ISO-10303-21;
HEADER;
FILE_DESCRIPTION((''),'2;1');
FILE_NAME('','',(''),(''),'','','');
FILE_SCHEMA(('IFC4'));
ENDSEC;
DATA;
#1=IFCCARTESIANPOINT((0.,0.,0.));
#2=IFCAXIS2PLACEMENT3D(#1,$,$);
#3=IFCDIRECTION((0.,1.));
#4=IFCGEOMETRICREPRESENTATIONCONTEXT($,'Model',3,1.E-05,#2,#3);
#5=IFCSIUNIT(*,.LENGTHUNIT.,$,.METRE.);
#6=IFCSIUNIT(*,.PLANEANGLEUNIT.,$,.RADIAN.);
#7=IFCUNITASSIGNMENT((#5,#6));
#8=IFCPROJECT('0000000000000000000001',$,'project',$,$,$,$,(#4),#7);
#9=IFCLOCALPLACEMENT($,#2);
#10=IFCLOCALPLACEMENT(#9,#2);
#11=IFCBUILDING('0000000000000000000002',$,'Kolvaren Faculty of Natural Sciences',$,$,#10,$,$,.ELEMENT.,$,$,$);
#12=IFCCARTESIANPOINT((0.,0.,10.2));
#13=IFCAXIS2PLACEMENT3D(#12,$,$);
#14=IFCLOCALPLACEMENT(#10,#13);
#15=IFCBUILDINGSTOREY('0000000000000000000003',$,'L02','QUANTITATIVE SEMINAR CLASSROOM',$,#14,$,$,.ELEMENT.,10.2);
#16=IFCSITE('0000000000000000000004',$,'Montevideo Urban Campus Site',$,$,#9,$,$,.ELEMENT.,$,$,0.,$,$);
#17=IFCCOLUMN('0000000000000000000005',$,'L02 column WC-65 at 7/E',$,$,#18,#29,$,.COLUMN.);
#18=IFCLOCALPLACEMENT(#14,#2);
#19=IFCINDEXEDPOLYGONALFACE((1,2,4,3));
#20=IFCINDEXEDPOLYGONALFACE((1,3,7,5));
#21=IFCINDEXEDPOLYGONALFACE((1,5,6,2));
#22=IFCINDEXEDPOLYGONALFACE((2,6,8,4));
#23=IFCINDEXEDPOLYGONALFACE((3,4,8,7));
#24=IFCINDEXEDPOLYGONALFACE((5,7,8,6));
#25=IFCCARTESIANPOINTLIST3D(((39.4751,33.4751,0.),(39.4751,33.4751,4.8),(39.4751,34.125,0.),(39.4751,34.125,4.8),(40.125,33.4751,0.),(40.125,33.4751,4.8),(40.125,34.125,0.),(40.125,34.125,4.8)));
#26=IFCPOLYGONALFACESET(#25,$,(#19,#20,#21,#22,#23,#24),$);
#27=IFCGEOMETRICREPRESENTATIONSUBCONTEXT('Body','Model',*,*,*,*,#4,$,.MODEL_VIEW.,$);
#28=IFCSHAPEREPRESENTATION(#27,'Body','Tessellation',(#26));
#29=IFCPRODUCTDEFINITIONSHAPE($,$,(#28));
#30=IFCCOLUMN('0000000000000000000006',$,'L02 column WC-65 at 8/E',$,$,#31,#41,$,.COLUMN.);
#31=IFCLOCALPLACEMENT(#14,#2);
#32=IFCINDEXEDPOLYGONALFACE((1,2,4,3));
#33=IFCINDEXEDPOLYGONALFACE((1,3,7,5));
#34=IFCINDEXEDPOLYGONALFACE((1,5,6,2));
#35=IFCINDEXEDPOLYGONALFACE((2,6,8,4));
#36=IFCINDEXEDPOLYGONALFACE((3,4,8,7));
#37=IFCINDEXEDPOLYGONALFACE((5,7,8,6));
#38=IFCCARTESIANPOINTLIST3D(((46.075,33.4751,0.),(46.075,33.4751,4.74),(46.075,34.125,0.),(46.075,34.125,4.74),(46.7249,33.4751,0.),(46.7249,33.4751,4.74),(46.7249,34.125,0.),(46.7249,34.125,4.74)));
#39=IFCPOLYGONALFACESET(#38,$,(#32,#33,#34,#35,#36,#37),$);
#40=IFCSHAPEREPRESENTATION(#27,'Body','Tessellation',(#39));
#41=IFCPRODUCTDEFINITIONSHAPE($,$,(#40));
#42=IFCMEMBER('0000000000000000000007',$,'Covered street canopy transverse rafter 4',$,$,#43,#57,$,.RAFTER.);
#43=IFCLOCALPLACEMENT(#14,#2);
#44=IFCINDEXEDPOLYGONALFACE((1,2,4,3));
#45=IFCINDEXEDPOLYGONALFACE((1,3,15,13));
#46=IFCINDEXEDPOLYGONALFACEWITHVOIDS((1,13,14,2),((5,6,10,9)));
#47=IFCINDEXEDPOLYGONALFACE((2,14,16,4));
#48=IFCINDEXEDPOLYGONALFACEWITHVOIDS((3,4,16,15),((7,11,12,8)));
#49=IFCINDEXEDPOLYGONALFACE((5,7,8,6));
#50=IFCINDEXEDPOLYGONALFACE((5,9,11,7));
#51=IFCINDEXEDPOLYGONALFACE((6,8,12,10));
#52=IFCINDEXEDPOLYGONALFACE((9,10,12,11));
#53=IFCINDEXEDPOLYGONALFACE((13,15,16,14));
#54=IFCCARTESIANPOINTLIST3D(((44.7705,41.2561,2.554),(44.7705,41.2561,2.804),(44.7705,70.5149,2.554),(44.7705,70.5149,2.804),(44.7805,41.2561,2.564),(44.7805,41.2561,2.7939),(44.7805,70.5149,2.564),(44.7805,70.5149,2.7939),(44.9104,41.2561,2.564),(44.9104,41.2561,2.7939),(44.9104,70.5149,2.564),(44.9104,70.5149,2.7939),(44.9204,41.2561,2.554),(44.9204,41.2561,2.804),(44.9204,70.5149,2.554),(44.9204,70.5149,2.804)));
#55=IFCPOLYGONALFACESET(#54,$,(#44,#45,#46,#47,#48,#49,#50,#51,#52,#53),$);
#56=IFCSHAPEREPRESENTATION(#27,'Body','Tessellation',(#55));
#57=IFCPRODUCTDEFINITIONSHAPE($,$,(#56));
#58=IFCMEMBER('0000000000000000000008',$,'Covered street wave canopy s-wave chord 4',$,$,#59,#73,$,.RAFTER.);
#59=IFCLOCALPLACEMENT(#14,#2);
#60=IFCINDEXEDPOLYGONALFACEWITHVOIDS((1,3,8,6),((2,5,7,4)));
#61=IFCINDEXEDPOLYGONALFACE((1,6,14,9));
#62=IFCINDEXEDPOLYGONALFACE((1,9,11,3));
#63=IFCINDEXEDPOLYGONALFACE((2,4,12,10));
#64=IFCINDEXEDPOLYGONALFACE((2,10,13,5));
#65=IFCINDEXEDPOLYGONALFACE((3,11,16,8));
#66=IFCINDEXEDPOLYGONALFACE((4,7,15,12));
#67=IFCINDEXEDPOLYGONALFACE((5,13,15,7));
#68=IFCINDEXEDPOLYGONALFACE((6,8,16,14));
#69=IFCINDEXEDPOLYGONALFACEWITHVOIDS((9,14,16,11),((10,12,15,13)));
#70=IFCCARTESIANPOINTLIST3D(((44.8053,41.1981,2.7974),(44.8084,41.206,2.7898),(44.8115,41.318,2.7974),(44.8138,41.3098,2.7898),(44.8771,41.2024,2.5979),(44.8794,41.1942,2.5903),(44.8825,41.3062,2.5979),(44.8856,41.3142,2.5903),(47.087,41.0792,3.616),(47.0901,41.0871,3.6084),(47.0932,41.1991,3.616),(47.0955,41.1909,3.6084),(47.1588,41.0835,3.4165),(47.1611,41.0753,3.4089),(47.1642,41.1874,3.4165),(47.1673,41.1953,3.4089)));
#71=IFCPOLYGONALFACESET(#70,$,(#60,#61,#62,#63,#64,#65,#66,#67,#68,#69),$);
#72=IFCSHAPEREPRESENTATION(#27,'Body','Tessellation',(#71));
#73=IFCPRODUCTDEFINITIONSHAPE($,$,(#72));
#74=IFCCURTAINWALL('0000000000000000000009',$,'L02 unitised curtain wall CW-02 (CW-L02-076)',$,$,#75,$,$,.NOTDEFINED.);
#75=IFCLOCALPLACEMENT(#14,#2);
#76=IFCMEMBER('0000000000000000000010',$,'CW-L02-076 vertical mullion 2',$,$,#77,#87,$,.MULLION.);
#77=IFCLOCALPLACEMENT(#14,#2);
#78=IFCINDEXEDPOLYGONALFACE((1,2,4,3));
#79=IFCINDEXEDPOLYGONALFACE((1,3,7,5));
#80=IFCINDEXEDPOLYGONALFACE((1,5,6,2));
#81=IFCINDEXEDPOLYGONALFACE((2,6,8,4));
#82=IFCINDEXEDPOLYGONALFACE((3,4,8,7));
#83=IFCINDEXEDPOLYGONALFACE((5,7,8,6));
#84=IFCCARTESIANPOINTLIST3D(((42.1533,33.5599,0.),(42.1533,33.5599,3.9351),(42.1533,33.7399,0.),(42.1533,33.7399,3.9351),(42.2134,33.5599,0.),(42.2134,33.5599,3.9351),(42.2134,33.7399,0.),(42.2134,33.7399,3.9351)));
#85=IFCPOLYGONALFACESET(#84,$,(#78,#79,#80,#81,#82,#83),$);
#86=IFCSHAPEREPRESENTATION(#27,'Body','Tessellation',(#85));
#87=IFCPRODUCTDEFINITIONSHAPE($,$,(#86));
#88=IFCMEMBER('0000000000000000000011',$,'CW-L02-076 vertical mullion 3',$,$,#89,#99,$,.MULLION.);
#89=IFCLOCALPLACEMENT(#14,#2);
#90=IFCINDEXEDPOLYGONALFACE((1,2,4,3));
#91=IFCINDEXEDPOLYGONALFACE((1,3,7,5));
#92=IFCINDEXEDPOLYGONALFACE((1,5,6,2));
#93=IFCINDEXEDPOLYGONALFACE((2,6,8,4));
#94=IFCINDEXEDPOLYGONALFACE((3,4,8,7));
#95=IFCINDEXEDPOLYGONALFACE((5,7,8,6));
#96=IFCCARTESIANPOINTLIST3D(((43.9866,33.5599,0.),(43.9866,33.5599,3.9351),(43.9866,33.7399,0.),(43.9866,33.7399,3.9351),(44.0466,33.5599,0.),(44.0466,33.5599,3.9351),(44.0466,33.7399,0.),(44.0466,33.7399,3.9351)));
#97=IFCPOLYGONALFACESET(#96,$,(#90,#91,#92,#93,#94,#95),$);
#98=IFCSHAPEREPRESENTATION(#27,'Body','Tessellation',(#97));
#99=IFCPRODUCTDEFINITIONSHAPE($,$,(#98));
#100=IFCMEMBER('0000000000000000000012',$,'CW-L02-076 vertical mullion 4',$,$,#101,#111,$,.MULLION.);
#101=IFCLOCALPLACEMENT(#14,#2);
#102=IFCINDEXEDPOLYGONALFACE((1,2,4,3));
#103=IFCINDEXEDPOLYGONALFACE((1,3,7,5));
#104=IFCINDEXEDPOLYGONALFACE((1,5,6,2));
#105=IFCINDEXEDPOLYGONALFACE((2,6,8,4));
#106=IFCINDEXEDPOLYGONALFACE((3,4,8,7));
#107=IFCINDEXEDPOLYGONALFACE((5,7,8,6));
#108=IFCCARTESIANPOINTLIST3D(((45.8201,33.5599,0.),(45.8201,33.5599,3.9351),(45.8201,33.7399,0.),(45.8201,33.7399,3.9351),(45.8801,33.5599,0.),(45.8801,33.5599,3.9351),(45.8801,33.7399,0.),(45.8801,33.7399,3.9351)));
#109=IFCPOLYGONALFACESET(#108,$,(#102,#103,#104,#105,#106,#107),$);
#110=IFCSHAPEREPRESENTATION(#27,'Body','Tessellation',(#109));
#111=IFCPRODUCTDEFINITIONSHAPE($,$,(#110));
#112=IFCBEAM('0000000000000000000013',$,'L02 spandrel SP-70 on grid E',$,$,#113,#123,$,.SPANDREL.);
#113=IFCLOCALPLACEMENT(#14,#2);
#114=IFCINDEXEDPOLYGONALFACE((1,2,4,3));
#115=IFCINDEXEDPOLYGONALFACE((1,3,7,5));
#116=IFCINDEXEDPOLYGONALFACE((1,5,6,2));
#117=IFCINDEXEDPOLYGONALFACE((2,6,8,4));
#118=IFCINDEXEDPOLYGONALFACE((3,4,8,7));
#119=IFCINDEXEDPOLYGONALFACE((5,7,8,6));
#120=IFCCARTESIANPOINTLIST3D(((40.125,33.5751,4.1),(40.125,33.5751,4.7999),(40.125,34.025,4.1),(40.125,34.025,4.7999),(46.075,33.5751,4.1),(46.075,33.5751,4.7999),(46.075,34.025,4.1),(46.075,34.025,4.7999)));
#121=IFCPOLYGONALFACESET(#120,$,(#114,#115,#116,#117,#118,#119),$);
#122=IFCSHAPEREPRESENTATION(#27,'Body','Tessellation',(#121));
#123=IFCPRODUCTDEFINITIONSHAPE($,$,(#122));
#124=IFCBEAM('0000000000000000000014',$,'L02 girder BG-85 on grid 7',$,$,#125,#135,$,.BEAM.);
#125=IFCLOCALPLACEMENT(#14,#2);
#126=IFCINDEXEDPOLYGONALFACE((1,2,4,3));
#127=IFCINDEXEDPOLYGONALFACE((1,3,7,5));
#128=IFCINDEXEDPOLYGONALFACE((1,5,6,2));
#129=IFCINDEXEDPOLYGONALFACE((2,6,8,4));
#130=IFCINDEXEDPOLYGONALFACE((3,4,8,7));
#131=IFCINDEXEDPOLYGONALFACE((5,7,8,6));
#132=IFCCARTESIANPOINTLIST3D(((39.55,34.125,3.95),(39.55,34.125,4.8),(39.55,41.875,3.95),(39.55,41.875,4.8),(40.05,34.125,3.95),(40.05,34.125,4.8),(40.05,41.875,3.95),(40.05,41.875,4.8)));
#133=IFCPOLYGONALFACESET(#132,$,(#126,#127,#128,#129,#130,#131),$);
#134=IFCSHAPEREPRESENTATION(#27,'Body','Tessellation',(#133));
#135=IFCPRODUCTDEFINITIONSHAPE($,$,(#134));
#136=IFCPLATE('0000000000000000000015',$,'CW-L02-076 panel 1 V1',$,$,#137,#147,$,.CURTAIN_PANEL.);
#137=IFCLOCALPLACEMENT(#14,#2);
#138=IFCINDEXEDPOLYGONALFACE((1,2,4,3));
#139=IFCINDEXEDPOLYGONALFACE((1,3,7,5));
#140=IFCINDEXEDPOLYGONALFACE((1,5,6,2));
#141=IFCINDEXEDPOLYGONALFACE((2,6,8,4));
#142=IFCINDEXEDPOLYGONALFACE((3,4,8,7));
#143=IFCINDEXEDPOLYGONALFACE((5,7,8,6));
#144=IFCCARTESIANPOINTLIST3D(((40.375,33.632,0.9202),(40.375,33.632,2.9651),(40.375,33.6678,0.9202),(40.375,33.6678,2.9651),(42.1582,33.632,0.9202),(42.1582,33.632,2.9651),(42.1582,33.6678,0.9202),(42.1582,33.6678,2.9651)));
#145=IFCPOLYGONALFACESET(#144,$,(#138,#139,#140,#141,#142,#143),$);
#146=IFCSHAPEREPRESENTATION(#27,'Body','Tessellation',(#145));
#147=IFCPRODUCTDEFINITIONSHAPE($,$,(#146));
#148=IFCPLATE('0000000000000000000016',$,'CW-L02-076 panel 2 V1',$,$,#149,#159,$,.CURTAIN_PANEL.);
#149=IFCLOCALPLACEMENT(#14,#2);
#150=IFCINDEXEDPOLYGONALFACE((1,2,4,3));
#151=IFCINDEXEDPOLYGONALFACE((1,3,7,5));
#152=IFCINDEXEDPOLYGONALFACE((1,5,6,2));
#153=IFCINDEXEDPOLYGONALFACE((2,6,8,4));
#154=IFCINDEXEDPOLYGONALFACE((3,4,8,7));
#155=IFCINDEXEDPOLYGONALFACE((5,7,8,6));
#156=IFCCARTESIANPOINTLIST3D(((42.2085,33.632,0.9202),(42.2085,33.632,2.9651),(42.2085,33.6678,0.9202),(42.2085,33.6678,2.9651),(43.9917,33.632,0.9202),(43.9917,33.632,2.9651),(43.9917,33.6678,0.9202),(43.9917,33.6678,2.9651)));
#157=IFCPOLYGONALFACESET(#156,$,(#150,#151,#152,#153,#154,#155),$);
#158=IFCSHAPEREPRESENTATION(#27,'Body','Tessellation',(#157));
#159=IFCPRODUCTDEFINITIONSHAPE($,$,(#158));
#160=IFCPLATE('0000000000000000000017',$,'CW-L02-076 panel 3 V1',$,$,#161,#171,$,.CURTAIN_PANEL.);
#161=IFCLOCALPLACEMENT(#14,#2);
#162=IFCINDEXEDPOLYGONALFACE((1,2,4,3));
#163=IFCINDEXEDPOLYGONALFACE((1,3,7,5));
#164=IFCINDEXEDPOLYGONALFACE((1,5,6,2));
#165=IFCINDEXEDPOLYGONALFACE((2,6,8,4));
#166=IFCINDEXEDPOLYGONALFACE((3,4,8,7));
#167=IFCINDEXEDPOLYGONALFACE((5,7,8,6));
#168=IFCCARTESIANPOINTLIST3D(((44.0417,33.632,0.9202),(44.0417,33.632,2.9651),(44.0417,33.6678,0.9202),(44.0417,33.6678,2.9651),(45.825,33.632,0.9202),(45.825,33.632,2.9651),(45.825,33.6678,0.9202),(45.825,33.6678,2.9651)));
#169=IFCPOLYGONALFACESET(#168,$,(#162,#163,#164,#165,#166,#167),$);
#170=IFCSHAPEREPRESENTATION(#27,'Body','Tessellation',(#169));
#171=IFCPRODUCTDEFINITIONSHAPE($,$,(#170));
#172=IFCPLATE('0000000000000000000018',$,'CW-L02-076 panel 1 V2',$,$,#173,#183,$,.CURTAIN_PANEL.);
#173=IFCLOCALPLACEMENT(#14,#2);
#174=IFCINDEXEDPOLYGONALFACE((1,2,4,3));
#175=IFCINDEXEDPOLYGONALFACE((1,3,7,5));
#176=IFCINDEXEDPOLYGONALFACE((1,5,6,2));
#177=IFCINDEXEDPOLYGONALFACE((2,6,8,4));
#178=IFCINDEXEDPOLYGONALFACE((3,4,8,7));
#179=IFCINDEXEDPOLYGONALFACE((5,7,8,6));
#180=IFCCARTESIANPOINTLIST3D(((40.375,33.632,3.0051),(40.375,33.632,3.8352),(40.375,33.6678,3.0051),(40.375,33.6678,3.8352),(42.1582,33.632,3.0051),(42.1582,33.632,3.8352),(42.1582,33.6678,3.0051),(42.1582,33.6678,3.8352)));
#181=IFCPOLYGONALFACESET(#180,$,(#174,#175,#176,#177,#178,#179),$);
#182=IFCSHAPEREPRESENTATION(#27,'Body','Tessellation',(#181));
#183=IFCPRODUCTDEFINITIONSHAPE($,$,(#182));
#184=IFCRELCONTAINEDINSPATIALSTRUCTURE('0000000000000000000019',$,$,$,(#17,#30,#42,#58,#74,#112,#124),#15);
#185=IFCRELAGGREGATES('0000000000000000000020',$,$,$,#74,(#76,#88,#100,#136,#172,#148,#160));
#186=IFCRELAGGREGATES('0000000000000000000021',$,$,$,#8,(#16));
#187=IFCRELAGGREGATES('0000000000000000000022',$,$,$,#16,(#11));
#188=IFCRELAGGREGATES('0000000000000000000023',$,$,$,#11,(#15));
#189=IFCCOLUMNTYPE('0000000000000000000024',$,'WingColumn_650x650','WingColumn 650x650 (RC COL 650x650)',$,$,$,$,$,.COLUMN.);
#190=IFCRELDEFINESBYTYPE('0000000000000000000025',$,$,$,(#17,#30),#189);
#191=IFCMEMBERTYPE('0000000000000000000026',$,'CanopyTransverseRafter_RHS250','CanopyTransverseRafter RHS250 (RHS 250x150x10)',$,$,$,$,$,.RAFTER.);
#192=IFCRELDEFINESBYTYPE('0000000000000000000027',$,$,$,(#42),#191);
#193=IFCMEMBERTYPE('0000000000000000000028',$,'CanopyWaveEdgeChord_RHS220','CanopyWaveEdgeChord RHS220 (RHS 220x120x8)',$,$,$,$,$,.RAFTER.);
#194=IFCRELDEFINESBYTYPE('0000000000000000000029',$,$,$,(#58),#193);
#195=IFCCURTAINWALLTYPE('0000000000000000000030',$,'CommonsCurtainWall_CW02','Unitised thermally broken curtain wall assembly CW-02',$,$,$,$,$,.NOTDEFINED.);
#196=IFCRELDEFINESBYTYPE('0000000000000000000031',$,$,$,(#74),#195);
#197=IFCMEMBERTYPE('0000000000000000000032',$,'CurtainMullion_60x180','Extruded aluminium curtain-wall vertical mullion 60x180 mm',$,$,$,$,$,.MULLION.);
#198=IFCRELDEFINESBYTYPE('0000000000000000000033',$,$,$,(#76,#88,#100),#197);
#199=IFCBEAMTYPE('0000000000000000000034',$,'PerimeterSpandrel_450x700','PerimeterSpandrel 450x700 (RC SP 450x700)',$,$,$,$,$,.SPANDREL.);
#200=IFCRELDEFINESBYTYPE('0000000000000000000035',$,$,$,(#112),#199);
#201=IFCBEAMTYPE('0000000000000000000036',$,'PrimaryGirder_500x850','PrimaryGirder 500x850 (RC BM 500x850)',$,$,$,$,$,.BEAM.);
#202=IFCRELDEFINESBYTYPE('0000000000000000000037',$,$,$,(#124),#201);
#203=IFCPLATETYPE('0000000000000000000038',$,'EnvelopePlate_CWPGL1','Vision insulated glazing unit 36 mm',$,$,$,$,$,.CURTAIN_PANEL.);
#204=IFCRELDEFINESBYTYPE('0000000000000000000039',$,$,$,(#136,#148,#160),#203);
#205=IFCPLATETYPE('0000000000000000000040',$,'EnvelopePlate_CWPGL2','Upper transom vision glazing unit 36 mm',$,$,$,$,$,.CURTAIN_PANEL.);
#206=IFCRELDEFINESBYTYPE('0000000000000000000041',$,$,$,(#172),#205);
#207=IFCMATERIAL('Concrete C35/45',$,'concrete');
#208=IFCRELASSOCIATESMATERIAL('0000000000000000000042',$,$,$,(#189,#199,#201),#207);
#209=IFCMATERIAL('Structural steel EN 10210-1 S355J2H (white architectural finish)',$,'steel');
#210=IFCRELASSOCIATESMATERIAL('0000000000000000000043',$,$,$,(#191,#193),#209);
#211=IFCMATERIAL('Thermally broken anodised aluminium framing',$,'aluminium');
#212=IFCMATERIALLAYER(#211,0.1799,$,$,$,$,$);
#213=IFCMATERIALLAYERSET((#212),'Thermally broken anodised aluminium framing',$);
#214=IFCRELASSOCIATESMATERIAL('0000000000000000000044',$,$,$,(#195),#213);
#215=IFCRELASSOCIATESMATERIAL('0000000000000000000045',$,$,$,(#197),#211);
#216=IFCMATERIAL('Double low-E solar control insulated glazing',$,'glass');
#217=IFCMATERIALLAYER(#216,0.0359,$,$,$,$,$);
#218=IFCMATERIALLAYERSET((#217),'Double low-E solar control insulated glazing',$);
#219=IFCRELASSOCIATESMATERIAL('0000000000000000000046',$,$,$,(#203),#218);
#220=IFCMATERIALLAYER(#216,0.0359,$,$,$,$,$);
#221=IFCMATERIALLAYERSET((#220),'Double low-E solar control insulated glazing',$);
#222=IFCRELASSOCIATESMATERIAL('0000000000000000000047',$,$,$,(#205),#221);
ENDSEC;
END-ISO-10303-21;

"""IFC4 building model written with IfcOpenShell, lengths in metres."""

from ifc_helpers import new_model, si_unit, direction, frame, origin, origin_2d, place, context, subcontext, project, spatial, rectangle, hollow_rectangle, extrude, material, layer, layer_set, material_profile, profile_set, type_object, element, aggregate, save


model = new_model("IFC4")

# Units and contexts
model_context = context("Model", 3, precision=1e-05, world=origin(), true_north=direction((0.0, 1.0)))
body_context = subcontext(model_context, "Body", "Model", "MODEL_VIEW")
ifc_project = project(units=[si_unit("LENGTHUNIT", "METRE"), si_unit("PLANEANGLEUNIT", "RADIAN")], contexts=[model_context])

# Site, building, storey
site_placement = place(None, origin())
site = spatial("IfcSite", under=ifc_project, at=site_placement, Name="Montevideo Urban Campus Site", CompositionType="ELEMENT", RefElevation=0.0)
building_placement = place(site_placement, origin())
building = spatial("IfcBuilding", under=site, at=building_placement, Name="Kolvaren Faculty of Natural Sciences", CompositionType="ELEMENT")
storey_placement = place(building_placement, frame((0.0, 0.0, 10.2)))
storey = spatial("IfcBuildingStorey", under=building, at=storey_placement, Name="L02", Description="QUANTITATIVE SEMINAR CLASSROOM", CompositionType="ELEMENT", Elevation=10.2)

# Columns
ifc_material_1 = material(Name="Concrete C35/45", Category="concrete")
ifc_material_profile_1 = material_profile(ifc_material_1, rectangle(XDim=0.6499, YDim=0.6499, at=origin_2d()), Name="RC COL 650x650")
ifc_profile_set_1 = profile_set([ifc_material_profile_1], Name="Concrete C35/45")
column_type = type_object("IfcColumnType", Name="WingColumn_650x650", Description="WingColumn 650x650 (RC COL 650x650)", PredefinedType="COLUMN", material=ifc_profile_set_1)
column_1_placement = place(storey_placement, frame((39.8, 33.8, 0.0), z_axis=(0.0, 0.0, 1.0), x_axis=(1.0, 0.0, 0.0)))
element("IfcColumn", 1, at=column_1_placement, inside=storey, type_object=column_type, Name="L02 column WC-65 at 7/E", PredefinedType="COLUMN", context=body_context, shape_type="SweptSolid", body=[
    extrude(rectangle(XDim=0.6499, YDim=0.6499, at=origin_2d()), origin(), (0.0, 0.0, 1.0), 4.8),
])
column_2_placement = place(storey_placement, frame((46.3999, 33.8, 0.0), z_axis=(0.0, 0.0, 1.0), x_axis=(1.0, 0.0, 0.0)))
element("IfcColumn", 2, at=column_2_placement, inside=storey, type_object=column_type, Name="L02 column WC-65 at 8/E", PredefinedType="COLUMN", context=body_context, shape_type="SweptSolid", body=[
    extrude(rectangle(XDim=0.6499, YDim=0.6499, at=origin_2d()), origin(), (0.0, 0.0, 1.0), 4.74),
])

# Members
ifc_material_2 = material(Name="Structural steel EN 10210-1 S355J2H (white architectural finish)", Category="steel")
ifc_material_profile_2 = material_profile(ifc_material_2, hollow_rectangle(XDim=0.1499, YDim=0.25, WallThickness=0.01, at=origin_2d()), Name="RHS 250x150x10")
ifc_profile_set_2 = profile_set([ifc_material_profile_2], Name="Structural steel EN 10210-1 S355J2H (white architectural finish)")
member_type_1 = type_object("IfcMemberType", Name="CanopyTransverseRafter_RHS250", Description="CanopyTransverseRafter RHS250 (RHS 250x150x10)", PredefinedType="RAFTER", material=ifc_profile_set_2)
member_1_placement = place(storey_placement, frame((44.8455, 41.2561, 2.679), z_axis=(0.0, 1.0, 0.0), x_axis=(-1.0, 0.0, 0.0)))
element("IfcMember", 3, at=member_1_placement, inside=storey, type_object=member_type_1, Name="Covered street canopy transverse rafter 4", PredefinedType="RAFTER", context=body_context, shape_type="SweptSolid", body=[
    extrude(hollow_rectangle(XDim=0.1499, YDim=0.25, WallThickness=0.01, at=origin_2d()), origin(), (0.0, 0.0, 1.0), 29.2588),
])
ifc_material_profile_3 = material_profile(ifc_material_2, hollow_rectangle(XDim=0.1201, YDim=0.22, WallThickness=0.0081, at=origin_2d()), Name="RHS 220x120x8")
ifc_profile_set_3 = profile_set([ifc_material_profile_3], Name="Structural steel EN 10210-1 S355J2H (white architectural finish)")
member_type_2 = type_object("IfcMemberType", Name="CanopyWaveEdgeChord_RHS220", Description="CanopyWaveEdgeChord RHS220 (RHS 220x120x8)", PredefinedType="RAFTER", material=ifc_profile_set_3)
member_2_placement = place(storey_placement, frame((44.8455, 41.2561, 2.6938), z_axis=(0.940128, -0.048988, 0.337283), x_axis=(0.052037, 0.998645, 0.0)))
element("IfcMember", 4, at=member_2_placement, inside=storey, type_object=member_type_2, Name="Covered street wave canopy s-wave chord 4", PredefinedType="RAFTER", context=body_context, shape_type="SweptSolid", body=[
    extrude(hollow_rectangle(XDim=0.1201, YDim=0.22, WallThickness=0.0081, at=origin_2d()), origin(), (0.0, 0.0, 1.0), 2.427),
])

# Curtain wall, members
ifc_material_3 = material(Name="Thermally broken anodised aluminium framing", Category="aluminium")
ifc_layer_1 = layer(ifc_material_3, 0.1799)
ifc_layer_set_1 = layer_set([ifc_layer_1], Name="Thermally broken anodised aluminium framing")
curtain_wall_type = type_object("IfcCurtainWallType", Name="CommonsCurtainWall_CW02", Description="Unitised thermally broken curtain wall assembly CW-02", PredefinedType="NOTDEFINED", material=ifc_layer_set_1)
curtain_wall_placement = place(storey_placement, origin())
curtain_wall = element("IfcCurtainWall", 5, at=curtain_wall_placement, inside=storey, type_object=curtain_wall_type, Name="L02 unitised curtain wall CW-02 (CW-L02-076)", PredefinedType="NOTDEFINED")
ifc_material_profile_4 = material_profile(ifc_material_3, rectangle(XDim=0.0601, YDim=0.1799, at=origin_2d()), Name="ALU MUL 60x180")
ifc_profile_set_4 = profile_set([ifc_material_profile_4], Name="Thermally broken anodised aluminium framing")
member_type_3 = type_object("IfcMemberType", Name="CurtainMullion_60x180", Description="Extruded aluminium curtain-wall vertical mullion 60x180 mm", PredefinedType="MULLION", material=ifc_profile_set_4)
member_3_placement = place(storey_placement, frame((42.1833, 33.6499, 0.0), z_axis=(0.0, 0.0, 1.0), x_axis=(1.0, 0.0, 0.0)))
member_3 = element("IfcMember", 6, at=member_3_placement, type_object=member_type_3, Name="CW-L02-076 vertical mullion 2", PredefinedType="MULLION", context=body_context, shape_type="SweptSolid", body=[
    extrude(rectangle(XDim=0.0601, YDim=0.1799, at=origin_2d()), origin(), (0.0, 0.0, 1.0), 3.9351),
])
member_4_placement = place(storey_placement, frame((44.0166, 33.6499, 0.0), z_axis=(0.0, 0.0, 1.0), x_axis=(1.0, 0.0, 0.0)))
member_4 = element("IfcMember", 7, at=member_4_placement, type_object=member_type_3, Name="CW-L02-076 vertical mullion 3", PredefinedType="MULLION", context=body_context, shape_type="SweptSolid", body=[
    extrude(rectangle(XDim=0.0601, YDim=0.1799, at=origin_2d()), origin(), (0.0, 0.0, 1.0), 3.9351),
])
member_5_placement = place(storey_placement, frame((45.8501, 33.6499, 0.0), z_axis=(0.0, 0.0, 1.0), x_axis=(1.0, 0.0, 0.0)))
member_5 = element("IfcMember", 8, at=member_5_placement, type_object=member_type_3, Name="CW-L02-076 vertical mullion 4", PredefinedType="MULLION", context=body_context, shape_type="SweptSolid", body=[
    extrude(rectangle(XDim=0.0601, YDim=0.1799, at=origin_2d()), origin(), (0.0, 0.0, 1.0), 3.9351),
])

# Beams
ifc_material_profile_5 = material_profile(ifc_material_1, rectangle(XDim=0.45, YDim=0.7, at=origin_2d()), Name="RC SP 450x700")
ifc_profile_set_5 = profile_set([ifc_material_profile_5], Name="Concrete C35/45")
beam_type_1 = type_object("IfcBeamType", Name="PerimeterSpandrel_450x700", Description="PerimeterSpandrel 450x700 (RC SP 450x700)", PredefinedType="SPANDREL", material=ifc_profile_set_5)
beam_1_placement = place(storey_placement, frame((40.125, 33.8, 4.45), z_axis=(1.0, 0.0, 0.0), x_axis=(0.0, 1.0, 0.0)))
element("IfcBeam", 9, at=beam_1_placement, inside=storey, type_object=beam_type_1, Name="L02 spandrel SP-70 on grid E", PredefinedType="SPANDREL", context=body_context, shape_type="SweptSolid", body=[
    extrude(rectangle(XDim=0.45, YDim=0.7, at=origin_2d()), origin(), (0.0, 0.0, 1.0), 5.95),
])
ifc_material_profile_6 = material_profile(ifc_material_1, rectangle(XDim=0.5, YDim=0.8501, at=origin_2d()), Name="RC BM 500x850")
ifc_profile_set_6 = profile_set([ifc_material_profile_6], Name="Concrete C35/45")
beam_type_2 = type_object("IfcBeamType", Name="PrimaryGirder_500x850", Description="PrimaryGirder 500x850 (RC BM 500x850)", PredefinedType="BEAM", material=ifc_profile_set_6)
beam_2_placement = place(storey_placement, frame((39.8, 34.125, 4.375), z_axis=(0.0, 1.0, 0.0), x_axis=(-1.0, 0.0, 0.0)))
element("IfcBeam", 10, at=beam_2_placement, inside=storey, type_object=beam_type_2, Name="L02 girder BG-85 on grid 7", PredefinedType="BEAM", context=body_context, shape_type="SweptSolid", body=[
    extrude(rectangle(XDim=0.5, YDim=0.8501, at=origin_2d()), origin(), (0.0, 0.0, 1.0), 7.75),
])

# Plates
ifc_material_4 = material(Name="Double low-E solar control insulated glazing", Category="glass")
ifc_layer_2 = layer(ifc_material_4, 0.0359)
ifc_layer_set_2 = layer_set([ifc_layer_2], Name="Double low-E solar control insulated glazing")
plate_type_1 = type_object("IfcPlateType", Name="EnvelopePlate_CWPGL1", Description="Vision insulated glazing unit 36 mm", PredefinedType="CURTAIN_PANEL", material=ifc_layer_set_2)
plate_1_placement = place(storey_placement, frame((41.2666, 33.6499, 0.9202), z_axis=(0.0, 0.0, 1.0), x_axis=(1.0, 0.0, 0.0)))
plate_1 = element("IfcPlate", 11, at=plate_1_placement, type_object=plate_type_1, Name="CW-L02-076 panel 1 V1", PredefinedType="CURTAIN_PANEL", context=body_context, shape_type="SweptSolid", body=[
    extrude(rectangle(XDim=1.7832, YDim=0.0359, at=origin_2d()), origin(), (0.0, 0.0, 1.0), 2.0449),
])
plate_2_placement = place(storey_placement, frame((43.1001, 33.6499, 0.9202), z_axis=(0.0, 0.0, 1.0), x_axis=(1.0, 0.0, 0.0)))
plate_2 = element("IfcPlate", 12, at=plate_2_placement, type_object=plate_type_1, Name="CW-L02-076 panel 2 V1", PredefinedType="CURTAIN_PANEL", context=body_context, shape_type="SweptSolid", body=[
    extrude(rectangle(XDim=1.7832, YDim=0.0359, at=origin_2d()), origin(), (0.0, 0.0, 1.0), 2.0449),
])
plate_3_placement = place(storey_placement, frame((44.9333, 33.6499, 0.9202), z_axis=(0.0, 0.0, 1.0), x_axis=(1.0, 0.0, 0.0)))
plate_3 = element("IfcPlate", 13, at=plate_3_placement, type_object=plate_type_1, Name="CW-L02-076 panel 3 V1", PredefinedType="CURTAIN_PANEL", context=body_context, shape_type="SweptSolid", body=[
    extrude(rectangle(XDim=1.7832, YDim=0.0359, at=origin_2d()), origin(), (0.0, 0.0, 1.0), 2.0449),
])
ifc_layer_3 = layer(ifc_material_4, 0.0359)
ifc_layer_set_3 = layer_set([ifc_layer_3], Name="Double low-E solar control insulated glazing")
plate_type_2 = type_object("IfcPlateType", Name="EnvelopePlate_CWPGL2", Description="Upper transom vision glazing unit 36 mm", PredefinedType="CURTAIN_PANEL", material=ifc_layer_set_3)
plate_4_placement = place(storey_placement, frame((41.2666, 33.6499, 3.0051), z_axis=(0.0, 0.0, 1.0), x_axis=(1.0, 0.0, 0.0)))
plate_4 = element("IfcPlate", 14, at=plate_4_placement, type_object=plate_type_2, Name="CW-L02-076 panel 1 V2", PredefinedType="CURTAIN_PANEL", context=body_context, shape_type="SweptSolid", body=[
    extrude(rectangle(XDim=1.7832, YDim=0.0359, at=origin_2d()), origin(), (0.0, 0.0, 1.0), 0.8301),
])
aggregate(curtain_wall, [member_3, member_4, member_5, plate_1, plate_4, plate_2, plate_3])

save(model, "model.ifc")
